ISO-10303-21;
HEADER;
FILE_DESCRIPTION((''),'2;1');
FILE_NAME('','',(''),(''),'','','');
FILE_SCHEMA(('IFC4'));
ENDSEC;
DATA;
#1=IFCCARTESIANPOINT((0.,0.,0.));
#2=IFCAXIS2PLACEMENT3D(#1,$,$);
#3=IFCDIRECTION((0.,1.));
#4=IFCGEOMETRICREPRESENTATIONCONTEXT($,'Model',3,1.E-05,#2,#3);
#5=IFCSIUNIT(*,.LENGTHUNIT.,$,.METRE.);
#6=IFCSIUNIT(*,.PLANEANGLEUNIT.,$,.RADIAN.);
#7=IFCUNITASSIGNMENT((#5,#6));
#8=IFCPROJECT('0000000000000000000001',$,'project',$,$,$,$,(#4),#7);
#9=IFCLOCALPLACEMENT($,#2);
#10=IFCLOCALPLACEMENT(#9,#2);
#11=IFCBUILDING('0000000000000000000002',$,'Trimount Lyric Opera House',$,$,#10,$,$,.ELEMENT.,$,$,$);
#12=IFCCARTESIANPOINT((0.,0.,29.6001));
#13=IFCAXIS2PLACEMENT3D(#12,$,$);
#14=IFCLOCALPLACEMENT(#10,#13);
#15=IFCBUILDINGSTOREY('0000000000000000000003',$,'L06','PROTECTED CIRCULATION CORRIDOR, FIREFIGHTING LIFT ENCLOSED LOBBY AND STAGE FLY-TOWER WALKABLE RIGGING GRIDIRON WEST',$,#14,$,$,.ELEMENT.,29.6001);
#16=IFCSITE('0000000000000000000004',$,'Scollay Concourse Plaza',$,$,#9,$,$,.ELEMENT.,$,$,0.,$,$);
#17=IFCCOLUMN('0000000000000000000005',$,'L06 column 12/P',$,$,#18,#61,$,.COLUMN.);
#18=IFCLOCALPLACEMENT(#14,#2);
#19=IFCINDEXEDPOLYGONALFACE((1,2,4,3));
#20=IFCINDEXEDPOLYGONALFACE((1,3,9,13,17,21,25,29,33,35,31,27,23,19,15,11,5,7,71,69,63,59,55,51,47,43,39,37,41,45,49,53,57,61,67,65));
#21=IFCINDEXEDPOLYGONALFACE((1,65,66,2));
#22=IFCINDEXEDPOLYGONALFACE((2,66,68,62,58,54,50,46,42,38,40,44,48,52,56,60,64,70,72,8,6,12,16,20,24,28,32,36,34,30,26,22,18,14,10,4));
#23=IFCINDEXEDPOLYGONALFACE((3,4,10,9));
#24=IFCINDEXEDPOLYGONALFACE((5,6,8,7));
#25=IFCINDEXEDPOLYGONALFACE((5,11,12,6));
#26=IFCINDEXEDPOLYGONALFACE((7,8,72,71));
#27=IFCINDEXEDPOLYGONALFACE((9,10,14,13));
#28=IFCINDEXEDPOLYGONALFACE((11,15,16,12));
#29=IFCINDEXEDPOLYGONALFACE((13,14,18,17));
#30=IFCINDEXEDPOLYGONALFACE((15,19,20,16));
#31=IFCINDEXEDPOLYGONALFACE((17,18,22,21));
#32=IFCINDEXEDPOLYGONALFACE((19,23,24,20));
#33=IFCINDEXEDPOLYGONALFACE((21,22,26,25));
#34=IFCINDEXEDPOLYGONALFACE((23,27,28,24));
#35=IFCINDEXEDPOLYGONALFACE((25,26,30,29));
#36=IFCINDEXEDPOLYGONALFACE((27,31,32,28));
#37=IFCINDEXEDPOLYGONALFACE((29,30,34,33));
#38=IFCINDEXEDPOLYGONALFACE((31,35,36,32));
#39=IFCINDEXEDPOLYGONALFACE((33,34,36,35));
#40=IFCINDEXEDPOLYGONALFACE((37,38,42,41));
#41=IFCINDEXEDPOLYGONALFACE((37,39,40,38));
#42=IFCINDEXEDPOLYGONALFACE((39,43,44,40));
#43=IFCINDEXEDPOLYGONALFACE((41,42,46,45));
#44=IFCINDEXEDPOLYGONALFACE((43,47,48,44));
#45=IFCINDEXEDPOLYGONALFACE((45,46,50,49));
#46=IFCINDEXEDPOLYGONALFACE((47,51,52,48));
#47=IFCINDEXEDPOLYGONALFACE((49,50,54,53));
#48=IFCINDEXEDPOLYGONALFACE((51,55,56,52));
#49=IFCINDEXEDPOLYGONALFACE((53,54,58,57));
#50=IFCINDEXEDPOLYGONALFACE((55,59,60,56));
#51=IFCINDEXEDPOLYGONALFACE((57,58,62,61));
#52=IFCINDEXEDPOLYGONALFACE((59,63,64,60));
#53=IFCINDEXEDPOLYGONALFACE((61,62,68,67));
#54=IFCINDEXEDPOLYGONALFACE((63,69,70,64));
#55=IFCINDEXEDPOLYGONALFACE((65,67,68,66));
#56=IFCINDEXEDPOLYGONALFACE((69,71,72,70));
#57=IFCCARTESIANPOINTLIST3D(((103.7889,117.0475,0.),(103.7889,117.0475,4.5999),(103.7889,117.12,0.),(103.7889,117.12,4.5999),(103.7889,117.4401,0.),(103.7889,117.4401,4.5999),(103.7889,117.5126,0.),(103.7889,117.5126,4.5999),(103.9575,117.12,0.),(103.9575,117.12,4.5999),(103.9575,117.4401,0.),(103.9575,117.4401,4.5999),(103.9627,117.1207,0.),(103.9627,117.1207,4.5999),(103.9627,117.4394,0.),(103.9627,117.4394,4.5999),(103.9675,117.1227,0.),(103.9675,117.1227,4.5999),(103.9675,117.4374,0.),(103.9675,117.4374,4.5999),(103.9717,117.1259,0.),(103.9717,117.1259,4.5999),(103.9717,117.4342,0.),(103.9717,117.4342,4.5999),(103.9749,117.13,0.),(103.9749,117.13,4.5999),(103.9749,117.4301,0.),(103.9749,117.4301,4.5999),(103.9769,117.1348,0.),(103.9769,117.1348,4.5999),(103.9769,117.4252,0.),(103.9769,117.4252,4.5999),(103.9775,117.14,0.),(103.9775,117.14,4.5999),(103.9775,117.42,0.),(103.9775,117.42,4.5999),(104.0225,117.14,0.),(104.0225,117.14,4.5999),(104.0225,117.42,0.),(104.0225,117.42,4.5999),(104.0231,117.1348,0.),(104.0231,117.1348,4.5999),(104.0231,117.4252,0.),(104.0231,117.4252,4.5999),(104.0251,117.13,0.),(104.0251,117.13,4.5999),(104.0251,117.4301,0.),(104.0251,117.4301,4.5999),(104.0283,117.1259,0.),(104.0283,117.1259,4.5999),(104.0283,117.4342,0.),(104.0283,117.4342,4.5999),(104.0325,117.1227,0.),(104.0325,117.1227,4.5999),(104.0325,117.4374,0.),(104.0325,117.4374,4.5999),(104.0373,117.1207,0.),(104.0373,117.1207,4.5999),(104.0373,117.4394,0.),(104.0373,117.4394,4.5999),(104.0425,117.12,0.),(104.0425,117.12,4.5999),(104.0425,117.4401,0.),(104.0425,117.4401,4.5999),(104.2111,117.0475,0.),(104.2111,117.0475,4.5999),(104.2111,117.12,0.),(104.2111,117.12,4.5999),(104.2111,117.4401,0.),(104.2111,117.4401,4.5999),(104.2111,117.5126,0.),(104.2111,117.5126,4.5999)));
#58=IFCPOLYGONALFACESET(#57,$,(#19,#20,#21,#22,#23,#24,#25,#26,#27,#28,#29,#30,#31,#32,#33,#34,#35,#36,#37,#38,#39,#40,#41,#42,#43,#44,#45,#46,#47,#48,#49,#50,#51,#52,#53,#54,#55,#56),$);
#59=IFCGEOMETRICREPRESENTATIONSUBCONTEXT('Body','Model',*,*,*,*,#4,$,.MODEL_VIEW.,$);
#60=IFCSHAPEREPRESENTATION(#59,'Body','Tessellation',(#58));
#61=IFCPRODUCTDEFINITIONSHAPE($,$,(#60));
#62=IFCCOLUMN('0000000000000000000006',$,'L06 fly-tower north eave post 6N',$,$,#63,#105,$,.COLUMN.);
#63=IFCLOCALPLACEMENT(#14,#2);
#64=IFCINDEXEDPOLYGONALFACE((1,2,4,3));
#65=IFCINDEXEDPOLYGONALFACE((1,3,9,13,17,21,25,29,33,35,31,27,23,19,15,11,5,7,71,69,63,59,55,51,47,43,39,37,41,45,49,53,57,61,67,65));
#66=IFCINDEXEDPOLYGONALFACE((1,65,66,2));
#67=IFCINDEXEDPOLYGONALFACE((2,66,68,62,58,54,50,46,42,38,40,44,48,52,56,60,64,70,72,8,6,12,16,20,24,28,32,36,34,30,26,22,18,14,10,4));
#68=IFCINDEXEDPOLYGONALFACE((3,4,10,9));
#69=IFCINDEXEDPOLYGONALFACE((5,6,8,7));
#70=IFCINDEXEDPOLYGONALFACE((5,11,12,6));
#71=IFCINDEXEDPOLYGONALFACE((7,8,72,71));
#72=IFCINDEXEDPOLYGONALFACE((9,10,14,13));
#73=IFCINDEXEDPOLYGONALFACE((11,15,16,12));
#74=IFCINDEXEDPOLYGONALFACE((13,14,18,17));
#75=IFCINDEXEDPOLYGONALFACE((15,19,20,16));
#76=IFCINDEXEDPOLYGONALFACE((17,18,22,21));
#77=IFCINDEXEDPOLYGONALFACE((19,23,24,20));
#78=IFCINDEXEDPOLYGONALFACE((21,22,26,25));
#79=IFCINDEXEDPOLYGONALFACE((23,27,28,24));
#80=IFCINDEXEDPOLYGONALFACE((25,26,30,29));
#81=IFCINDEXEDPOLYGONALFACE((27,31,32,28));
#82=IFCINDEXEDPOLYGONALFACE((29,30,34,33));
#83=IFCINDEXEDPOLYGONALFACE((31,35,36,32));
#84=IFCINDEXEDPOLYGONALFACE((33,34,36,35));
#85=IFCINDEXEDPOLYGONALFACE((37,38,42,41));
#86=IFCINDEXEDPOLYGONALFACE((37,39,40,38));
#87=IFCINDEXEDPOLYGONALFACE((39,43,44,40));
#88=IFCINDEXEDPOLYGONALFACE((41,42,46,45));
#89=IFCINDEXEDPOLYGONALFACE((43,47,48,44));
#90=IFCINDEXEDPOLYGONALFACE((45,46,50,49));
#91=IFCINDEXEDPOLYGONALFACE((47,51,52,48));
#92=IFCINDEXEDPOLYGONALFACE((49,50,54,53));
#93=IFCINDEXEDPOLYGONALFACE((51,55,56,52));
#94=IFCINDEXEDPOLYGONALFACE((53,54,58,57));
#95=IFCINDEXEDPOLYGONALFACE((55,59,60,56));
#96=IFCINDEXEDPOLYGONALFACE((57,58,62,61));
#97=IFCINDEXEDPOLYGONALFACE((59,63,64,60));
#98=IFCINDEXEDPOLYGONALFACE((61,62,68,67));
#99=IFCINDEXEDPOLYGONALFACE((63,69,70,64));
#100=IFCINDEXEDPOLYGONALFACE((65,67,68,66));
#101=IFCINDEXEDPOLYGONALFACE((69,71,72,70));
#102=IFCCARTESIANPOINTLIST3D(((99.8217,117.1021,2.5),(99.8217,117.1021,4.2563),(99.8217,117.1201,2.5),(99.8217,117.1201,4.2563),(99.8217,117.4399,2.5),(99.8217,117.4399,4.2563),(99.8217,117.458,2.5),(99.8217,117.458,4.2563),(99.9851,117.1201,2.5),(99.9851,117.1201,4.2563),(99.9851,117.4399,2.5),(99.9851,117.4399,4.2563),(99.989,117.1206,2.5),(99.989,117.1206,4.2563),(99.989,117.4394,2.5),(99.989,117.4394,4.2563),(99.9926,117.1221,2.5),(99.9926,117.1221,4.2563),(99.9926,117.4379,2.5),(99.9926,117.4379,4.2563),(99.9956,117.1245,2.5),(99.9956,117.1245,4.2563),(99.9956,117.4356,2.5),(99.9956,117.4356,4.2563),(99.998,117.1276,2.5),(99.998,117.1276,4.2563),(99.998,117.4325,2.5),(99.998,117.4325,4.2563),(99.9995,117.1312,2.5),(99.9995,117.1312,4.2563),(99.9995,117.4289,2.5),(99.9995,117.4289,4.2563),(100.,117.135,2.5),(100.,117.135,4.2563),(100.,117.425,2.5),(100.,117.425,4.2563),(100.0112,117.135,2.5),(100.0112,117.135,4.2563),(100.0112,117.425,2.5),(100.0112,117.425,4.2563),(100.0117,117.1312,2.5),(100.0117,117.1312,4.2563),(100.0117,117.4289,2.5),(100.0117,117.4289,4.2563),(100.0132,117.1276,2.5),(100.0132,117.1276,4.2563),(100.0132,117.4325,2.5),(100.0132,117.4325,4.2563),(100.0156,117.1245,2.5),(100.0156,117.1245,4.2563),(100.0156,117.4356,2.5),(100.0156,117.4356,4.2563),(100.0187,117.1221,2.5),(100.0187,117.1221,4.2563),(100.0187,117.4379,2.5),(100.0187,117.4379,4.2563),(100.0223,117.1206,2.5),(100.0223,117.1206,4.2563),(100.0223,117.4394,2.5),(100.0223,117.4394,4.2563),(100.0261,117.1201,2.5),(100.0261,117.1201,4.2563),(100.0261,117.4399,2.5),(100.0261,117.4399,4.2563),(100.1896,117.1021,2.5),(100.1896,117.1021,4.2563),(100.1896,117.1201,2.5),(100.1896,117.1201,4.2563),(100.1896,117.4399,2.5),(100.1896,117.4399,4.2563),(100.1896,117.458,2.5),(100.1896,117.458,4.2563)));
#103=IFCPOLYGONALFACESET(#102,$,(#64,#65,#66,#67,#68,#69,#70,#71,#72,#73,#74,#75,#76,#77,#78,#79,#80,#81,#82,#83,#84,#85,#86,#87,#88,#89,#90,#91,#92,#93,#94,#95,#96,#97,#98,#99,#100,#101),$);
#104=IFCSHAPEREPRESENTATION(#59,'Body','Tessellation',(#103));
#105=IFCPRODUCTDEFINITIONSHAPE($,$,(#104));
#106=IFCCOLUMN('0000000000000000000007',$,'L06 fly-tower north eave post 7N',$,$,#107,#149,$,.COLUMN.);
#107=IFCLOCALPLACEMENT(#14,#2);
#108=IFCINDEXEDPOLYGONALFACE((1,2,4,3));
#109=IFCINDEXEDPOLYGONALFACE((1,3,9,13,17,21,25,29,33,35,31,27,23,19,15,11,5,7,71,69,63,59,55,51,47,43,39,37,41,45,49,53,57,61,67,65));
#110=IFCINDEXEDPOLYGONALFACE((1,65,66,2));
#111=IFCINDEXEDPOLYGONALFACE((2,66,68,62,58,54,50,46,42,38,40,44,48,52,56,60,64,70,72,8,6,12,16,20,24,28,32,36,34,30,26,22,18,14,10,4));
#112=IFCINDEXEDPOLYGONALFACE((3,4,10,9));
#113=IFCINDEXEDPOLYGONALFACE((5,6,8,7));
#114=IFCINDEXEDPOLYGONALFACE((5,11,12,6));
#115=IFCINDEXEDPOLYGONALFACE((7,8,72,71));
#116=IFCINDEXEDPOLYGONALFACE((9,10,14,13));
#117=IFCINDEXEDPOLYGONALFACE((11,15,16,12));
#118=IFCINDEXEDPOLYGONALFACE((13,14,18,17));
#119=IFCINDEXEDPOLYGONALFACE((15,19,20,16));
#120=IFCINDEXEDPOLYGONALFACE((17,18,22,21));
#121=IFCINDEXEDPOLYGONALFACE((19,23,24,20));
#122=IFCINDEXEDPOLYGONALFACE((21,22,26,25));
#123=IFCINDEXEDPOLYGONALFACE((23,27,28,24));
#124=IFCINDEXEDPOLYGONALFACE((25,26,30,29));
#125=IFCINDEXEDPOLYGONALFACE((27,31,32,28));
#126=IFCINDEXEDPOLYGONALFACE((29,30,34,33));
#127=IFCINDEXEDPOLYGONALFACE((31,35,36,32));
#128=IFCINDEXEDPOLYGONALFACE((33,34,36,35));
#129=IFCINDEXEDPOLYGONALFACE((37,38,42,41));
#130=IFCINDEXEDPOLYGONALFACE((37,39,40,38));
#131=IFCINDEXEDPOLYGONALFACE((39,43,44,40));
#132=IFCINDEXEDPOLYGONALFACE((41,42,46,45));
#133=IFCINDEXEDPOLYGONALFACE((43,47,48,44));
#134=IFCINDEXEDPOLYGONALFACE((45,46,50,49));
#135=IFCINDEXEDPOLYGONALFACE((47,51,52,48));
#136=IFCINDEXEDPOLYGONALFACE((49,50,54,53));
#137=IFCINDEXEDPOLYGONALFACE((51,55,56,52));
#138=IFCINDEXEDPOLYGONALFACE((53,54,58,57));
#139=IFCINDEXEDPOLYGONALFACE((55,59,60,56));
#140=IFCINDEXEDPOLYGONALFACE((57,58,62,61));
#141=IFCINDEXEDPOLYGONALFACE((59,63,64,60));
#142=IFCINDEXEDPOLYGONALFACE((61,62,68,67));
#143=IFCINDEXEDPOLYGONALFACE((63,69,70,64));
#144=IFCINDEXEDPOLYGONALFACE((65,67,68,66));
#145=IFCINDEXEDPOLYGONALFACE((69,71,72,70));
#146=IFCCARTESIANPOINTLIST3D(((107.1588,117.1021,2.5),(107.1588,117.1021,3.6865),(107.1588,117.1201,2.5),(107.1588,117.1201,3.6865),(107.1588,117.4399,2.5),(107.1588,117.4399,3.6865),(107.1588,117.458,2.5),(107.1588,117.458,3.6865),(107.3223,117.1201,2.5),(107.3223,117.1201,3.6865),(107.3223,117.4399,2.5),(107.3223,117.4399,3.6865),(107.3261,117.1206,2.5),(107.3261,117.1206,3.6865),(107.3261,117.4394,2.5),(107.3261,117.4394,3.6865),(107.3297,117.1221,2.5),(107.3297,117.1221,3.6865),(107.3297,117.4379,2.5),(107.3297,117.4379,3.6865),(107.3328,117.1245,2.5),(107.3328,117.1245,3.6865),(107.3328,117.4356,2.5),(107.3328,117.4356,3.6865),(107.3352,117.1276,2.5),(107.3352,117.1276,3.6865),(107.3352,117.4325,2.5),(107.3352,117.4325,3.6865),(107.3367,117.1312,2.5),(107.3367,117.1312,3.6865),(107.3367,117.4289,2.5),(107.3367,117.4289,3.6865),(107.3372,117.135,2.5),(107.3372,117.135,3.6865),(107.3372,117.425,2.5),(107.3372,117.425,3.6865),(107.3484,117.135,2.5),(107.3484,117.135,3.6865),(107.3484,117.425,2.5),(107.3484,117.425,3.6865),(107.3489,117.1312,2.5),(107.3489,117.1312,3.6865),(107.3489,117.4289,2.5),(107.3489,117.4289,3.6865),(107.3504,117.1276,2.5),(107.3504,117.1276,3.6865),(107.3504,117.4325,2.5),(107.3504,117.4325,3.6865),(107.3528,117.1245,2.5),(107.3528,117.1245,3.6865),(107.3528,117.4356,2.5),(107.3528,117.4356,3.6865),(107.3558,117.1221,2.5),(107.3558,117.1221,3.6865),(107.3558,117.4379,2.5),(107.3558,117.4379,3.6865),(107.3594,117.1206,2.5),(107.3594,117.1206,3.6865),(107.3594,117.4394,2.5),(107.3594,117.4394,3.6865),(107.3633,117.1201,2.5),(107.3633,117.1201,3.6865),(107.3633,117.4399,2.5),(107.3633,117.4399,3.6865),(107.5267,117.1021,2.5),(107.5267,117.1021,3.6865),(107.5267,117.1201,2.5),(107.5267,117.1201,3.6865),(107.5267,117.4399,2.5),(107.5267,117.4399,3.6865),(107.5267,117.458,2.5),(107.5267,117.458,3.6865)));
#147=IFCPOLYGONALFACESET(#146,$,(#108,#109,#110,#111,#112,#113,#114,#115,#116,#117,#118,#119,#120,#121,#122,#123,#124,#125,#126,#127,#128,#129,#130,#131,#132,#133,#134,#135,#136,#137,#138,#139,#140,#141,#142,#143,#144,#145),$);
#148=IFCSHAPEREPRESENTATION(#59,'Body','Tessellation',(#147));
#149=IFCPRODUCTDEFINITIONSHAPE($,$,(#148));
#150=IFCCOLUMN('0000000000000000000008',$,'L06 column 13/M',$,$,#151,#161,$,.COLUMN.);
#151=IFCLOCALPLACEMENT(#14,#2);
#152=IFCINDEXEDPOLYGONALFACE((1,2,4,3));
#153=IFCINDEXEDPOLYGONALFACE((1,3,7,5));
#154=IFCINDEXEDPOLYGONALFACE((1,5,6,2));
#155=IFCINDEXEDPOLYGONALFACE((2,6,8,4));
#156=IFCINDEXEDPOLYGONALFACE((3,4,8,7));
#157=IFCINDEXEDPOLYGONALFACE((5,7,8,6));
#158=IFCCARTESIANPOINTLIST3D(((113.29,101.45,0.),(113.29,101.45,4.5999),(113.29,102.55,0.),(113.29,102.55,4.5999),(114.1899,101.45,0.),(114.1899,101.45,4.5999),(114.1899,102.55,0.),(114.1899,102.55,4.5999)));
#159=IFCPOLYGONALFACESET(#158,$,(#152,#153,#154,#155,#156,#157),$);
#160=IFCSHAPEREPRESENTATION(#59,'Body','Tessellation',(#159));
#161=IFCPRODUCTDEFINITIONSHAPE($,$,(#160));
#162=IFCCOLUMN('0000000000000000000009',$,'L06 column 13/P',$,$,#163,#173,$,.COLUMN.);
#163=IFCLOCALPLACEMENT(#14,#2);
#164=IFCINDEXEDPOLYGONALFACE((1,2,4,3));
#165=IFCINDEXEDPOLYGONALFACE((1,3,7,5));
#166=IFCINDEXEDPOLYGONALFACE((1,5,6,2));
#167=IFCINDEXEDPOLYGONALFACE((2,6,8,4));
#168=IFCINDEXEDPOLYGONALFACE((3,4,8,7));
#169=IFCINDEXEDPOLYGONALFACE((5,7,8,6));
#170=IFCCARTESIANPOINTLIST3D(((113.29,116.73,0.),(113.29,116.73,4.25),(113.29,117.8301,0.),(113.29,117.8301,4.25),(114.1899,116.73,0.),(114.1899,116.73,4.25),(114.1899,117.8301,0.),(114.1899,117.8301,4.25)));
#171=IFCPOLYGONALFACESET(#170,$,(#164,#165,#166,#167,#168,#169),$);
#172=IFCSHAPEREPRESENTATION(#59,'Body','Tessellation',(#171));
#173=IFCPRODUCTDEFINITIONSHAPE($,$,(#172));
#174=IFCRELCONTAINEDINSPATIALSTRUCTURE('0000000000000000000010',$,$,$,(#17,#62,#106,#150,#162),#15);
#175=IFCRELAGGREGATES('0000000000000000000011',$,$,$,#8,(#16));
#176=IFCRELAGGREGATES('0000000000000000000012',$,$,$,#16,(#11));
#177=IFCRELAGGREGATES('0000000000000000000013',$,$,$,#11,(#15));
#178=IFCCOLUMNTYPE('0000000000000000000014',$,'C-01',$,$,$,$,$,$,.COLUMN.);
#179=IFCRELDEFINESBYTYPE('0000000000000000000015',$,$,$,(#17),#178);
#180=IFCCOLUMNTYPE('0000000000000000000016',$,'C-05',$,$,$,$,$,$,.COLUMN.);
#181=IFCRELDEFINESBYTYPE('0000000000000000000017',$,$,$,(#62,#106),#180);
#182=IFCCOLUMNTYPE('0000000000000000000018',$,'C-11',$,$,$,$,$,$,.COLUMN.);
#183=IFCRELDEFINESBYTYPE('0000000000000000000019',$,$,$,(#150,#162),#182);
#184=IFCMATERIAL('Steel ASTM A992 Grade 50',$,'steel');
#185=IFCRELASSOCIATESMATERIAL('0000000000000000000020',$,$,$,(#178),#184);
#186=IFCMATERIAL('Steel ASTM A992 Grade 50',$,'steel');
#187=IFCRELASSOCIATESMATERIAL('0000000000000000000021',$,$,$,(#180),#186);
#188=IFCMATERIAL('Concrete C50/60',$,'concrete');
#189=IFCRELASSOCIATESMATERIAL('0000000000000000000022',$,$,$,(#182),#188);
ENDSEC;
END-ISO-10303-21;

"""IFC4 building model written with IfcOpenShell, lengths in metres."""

from ifc_helpers import new_model, si_unit, direction, frame, origin, origin_2d, place, context, subcontext, project, spatial, rectangle, i_section, extrude, material, material_profile, profile_set, type_object, element, save


model = new_model("IFC4")

# Units and contexts
model_context = context("Model", 3, precision=1e-05, world=origin(), true_north=direction((0.0, 1.0)))
body_context = subcontext(model_context, "Body", "Model", "MODEL_VIEW")
ifc_project = project(units=[si_unit("LENGTHUNIT", "METRE"), si_unit("PLANEANGLEUNIT", "RADIAN")], contexts=[model_context])

# Site, building, storey
site_placement = place(None, origin())
site = spatial("IfcSite", under=ifc_project, at=site_placement, Name="Scollay Concourse Plaza", CompositionType="ELEMENT", RefElevation=0.0)
building_placement = place(site_placement, origin())
building = spatial("IfcBuilding", under=site, at=building_placement, Name="Trimount Lyric Opera House", CompositionType="ELEMENT")
storey_placement = place(building_placement, frame((0.0, 0.0, 29.6001)))
storey = spatial("IfcBuildingStorey", under=building, at=storey_placement, Name="L06", Description="PROTECTED CIRCULATION CORRIDOR, FIREFIGHTING LIFT ENCLOSED LOBBY AND STAGE FLY-TOWER WALKABLE RIGGING GRIDIRON WEST", CompositionType="ELEMENT", Elevation=29.6001)

# Columns
ifc_material_1 = material(Name="Steel ASTM A992 Grade 50", Category="steel")
ifc_material_profile_1 = material_profile(ifc_material_1, i_section(OverallWidth=0.4221, OverallDepth=0.4651, WebThickness=0.0449, FlangeThickness=0.0725, FilletRadius=0.02, at=origin_2d()), Name="W14X398")
ifc_profile_set_1 = profile_set([ifc_material_profile_1], Name="Steel ASTM A992 Grade 50")
column_type_1 = type_object("IfcColumnType", Name="C-01", PredefinedType="COLUMN", material=ifc_profile_set_1)
column_1_placement = place(storey_placement, frame((104.0, 117.28, 0.0), z_axis=(0.0, 0.0, 1.0), x_axis=(1.0, 0.0, 0.0)))
element("IfcColumn", 1, at=column_1_placement, inside=storey, type_object=column_type_1, Name="L06 column 12/P", PredefinedType="COLUMN", context=body_context, shape_type="SweptSolid", body=[
    extrude(i_section(OverallWidth=0.4221, OverallDepth=0.4651, WebThickness=0.0449, FlangeThickness=0.0725, FilletRadius=0.02, at=origin_2d()), origin(), (0.0, 0.0, 1.0), 4.5999),
])
ifc_material_2 = material(Name="Steel ASTM A992 Grade 50", Category="steel")
ifc_material_profile_2 = material_profile(ifc_material_2, i_section(OverallWidth=0.3679, OverallDepth=0.356, WebThickness=0.0112, FlangeThickness=0.0181, FilletRadius=0.0149, at=origin_2d()), Name="W14X90")
ifc_profile_set_2 = profile_set([ifc_material_profile_2], Name="Steel ASTM A992 Grade 50")
column_type_2 = type_object("IfcColumnType", Name="C-05", PredefinedType="COLUMN", material=ifc_profile_set_2)
column_2_placement = place(storey_placement, frame((100.0056, 117.28, 2.5), z_axis=(0.0, 0.0, 1.0), x_axis=(1.0, 0.0, 0.0)))
element("IfcColumn", 2, at=column_2_placement, inside=storey, type_object=column_type_2, Name="L06 fly-tower north eave post 6N", PredefinedType="COLUMN", context=body_context, shape_type="SweptSolid", body=[
    extrude(i_section(OverallWidth=0.3679, OverallDepth=0.356, WebThickness=0.0112, FlangeThickness=0.0181, FilletRadius=0.0149, at=origin_2d()), origin(), (0.0, 0.0, 1.0), 1.7563),
])
column_3_placement = place(storey_placement, frame((107.3428, 117.28, 2.5), z_axis=(0.0, 0.0, 1.0), x_axis=(1.0, 0.0, 0.0)))
element("IfcColumn", 3, at=column_3_placement, inside=storey, type_object=column_type_2, Name="L06 fly-tower north eave post 7N", PredefinedType="COLUMN", context=body_context, shape_type="SweptSolid", body=[
    extrude(i_section(OverallWidth=0.3679, OverallDepth=0.356, WebThickness=0.0112, FlangeThickness=0.0181, FilletRadius=0.0149, at=origin_2d()), origin(), (0.0, 0.0, 1.0), 1.1865),
])
ifc_material_3 = material(Name="Concrete C50/60", Category="concrete")
ifc_material_profile_3 = material_profile(ifc_material_3, rectangle(XDim=0.8999, YDim=1.1001, at=origin_2d()), Name="RC1100X900")
ifc_profile_set_3 = profile_set([ifc_material_profile_3], Name="Concrete C50/60")
column_type_3 = type_object("IfcColumnType", Name="C-11", PredefinedType="COLUMN", material=ifc_profile_set_3)
column_4_placement = place(storey_placement, frame((113.74, 102.0, 0.0), z_axis=(0.0, 0.0, 1.0), x_axis=(1.0, 0.0, 0.0)))
element("IfcColumn", 4, at=column_4_placement, inside=storey, type_object=column_type_3, Name="L06 column 13/M", PredefinedType="COLUMN", context=body_context, shape_type="SweptSolid", body=[
    extrude(rectangle(XDim=0.8999, YDim=1.1001, at=origin_2d()), origin(), (0.0, 0.0, 1.0), 4.5999),
])
column_5_placement = place(storey_placement, frame((113.74, 117.28, 0.0), z_axis=(0.0, 0.0, 1.0), x_axis=(1.0, 0.0, 0.0)))
element("IfcColumn", 5, at=column_5_placement, inside=storey, type_object=column_type_3, Name="L06 column 13/P", PredefinedType="COLUMN", context=body_context, shape_type="SweptSolid", body=[
    extrude(rectangle(XDim=0.8999, YDim=1.1001, at=origin_2d()), origin(), (0.0, 0.0, 1.0), 4.25),
])

save(model, "model.ifc")
